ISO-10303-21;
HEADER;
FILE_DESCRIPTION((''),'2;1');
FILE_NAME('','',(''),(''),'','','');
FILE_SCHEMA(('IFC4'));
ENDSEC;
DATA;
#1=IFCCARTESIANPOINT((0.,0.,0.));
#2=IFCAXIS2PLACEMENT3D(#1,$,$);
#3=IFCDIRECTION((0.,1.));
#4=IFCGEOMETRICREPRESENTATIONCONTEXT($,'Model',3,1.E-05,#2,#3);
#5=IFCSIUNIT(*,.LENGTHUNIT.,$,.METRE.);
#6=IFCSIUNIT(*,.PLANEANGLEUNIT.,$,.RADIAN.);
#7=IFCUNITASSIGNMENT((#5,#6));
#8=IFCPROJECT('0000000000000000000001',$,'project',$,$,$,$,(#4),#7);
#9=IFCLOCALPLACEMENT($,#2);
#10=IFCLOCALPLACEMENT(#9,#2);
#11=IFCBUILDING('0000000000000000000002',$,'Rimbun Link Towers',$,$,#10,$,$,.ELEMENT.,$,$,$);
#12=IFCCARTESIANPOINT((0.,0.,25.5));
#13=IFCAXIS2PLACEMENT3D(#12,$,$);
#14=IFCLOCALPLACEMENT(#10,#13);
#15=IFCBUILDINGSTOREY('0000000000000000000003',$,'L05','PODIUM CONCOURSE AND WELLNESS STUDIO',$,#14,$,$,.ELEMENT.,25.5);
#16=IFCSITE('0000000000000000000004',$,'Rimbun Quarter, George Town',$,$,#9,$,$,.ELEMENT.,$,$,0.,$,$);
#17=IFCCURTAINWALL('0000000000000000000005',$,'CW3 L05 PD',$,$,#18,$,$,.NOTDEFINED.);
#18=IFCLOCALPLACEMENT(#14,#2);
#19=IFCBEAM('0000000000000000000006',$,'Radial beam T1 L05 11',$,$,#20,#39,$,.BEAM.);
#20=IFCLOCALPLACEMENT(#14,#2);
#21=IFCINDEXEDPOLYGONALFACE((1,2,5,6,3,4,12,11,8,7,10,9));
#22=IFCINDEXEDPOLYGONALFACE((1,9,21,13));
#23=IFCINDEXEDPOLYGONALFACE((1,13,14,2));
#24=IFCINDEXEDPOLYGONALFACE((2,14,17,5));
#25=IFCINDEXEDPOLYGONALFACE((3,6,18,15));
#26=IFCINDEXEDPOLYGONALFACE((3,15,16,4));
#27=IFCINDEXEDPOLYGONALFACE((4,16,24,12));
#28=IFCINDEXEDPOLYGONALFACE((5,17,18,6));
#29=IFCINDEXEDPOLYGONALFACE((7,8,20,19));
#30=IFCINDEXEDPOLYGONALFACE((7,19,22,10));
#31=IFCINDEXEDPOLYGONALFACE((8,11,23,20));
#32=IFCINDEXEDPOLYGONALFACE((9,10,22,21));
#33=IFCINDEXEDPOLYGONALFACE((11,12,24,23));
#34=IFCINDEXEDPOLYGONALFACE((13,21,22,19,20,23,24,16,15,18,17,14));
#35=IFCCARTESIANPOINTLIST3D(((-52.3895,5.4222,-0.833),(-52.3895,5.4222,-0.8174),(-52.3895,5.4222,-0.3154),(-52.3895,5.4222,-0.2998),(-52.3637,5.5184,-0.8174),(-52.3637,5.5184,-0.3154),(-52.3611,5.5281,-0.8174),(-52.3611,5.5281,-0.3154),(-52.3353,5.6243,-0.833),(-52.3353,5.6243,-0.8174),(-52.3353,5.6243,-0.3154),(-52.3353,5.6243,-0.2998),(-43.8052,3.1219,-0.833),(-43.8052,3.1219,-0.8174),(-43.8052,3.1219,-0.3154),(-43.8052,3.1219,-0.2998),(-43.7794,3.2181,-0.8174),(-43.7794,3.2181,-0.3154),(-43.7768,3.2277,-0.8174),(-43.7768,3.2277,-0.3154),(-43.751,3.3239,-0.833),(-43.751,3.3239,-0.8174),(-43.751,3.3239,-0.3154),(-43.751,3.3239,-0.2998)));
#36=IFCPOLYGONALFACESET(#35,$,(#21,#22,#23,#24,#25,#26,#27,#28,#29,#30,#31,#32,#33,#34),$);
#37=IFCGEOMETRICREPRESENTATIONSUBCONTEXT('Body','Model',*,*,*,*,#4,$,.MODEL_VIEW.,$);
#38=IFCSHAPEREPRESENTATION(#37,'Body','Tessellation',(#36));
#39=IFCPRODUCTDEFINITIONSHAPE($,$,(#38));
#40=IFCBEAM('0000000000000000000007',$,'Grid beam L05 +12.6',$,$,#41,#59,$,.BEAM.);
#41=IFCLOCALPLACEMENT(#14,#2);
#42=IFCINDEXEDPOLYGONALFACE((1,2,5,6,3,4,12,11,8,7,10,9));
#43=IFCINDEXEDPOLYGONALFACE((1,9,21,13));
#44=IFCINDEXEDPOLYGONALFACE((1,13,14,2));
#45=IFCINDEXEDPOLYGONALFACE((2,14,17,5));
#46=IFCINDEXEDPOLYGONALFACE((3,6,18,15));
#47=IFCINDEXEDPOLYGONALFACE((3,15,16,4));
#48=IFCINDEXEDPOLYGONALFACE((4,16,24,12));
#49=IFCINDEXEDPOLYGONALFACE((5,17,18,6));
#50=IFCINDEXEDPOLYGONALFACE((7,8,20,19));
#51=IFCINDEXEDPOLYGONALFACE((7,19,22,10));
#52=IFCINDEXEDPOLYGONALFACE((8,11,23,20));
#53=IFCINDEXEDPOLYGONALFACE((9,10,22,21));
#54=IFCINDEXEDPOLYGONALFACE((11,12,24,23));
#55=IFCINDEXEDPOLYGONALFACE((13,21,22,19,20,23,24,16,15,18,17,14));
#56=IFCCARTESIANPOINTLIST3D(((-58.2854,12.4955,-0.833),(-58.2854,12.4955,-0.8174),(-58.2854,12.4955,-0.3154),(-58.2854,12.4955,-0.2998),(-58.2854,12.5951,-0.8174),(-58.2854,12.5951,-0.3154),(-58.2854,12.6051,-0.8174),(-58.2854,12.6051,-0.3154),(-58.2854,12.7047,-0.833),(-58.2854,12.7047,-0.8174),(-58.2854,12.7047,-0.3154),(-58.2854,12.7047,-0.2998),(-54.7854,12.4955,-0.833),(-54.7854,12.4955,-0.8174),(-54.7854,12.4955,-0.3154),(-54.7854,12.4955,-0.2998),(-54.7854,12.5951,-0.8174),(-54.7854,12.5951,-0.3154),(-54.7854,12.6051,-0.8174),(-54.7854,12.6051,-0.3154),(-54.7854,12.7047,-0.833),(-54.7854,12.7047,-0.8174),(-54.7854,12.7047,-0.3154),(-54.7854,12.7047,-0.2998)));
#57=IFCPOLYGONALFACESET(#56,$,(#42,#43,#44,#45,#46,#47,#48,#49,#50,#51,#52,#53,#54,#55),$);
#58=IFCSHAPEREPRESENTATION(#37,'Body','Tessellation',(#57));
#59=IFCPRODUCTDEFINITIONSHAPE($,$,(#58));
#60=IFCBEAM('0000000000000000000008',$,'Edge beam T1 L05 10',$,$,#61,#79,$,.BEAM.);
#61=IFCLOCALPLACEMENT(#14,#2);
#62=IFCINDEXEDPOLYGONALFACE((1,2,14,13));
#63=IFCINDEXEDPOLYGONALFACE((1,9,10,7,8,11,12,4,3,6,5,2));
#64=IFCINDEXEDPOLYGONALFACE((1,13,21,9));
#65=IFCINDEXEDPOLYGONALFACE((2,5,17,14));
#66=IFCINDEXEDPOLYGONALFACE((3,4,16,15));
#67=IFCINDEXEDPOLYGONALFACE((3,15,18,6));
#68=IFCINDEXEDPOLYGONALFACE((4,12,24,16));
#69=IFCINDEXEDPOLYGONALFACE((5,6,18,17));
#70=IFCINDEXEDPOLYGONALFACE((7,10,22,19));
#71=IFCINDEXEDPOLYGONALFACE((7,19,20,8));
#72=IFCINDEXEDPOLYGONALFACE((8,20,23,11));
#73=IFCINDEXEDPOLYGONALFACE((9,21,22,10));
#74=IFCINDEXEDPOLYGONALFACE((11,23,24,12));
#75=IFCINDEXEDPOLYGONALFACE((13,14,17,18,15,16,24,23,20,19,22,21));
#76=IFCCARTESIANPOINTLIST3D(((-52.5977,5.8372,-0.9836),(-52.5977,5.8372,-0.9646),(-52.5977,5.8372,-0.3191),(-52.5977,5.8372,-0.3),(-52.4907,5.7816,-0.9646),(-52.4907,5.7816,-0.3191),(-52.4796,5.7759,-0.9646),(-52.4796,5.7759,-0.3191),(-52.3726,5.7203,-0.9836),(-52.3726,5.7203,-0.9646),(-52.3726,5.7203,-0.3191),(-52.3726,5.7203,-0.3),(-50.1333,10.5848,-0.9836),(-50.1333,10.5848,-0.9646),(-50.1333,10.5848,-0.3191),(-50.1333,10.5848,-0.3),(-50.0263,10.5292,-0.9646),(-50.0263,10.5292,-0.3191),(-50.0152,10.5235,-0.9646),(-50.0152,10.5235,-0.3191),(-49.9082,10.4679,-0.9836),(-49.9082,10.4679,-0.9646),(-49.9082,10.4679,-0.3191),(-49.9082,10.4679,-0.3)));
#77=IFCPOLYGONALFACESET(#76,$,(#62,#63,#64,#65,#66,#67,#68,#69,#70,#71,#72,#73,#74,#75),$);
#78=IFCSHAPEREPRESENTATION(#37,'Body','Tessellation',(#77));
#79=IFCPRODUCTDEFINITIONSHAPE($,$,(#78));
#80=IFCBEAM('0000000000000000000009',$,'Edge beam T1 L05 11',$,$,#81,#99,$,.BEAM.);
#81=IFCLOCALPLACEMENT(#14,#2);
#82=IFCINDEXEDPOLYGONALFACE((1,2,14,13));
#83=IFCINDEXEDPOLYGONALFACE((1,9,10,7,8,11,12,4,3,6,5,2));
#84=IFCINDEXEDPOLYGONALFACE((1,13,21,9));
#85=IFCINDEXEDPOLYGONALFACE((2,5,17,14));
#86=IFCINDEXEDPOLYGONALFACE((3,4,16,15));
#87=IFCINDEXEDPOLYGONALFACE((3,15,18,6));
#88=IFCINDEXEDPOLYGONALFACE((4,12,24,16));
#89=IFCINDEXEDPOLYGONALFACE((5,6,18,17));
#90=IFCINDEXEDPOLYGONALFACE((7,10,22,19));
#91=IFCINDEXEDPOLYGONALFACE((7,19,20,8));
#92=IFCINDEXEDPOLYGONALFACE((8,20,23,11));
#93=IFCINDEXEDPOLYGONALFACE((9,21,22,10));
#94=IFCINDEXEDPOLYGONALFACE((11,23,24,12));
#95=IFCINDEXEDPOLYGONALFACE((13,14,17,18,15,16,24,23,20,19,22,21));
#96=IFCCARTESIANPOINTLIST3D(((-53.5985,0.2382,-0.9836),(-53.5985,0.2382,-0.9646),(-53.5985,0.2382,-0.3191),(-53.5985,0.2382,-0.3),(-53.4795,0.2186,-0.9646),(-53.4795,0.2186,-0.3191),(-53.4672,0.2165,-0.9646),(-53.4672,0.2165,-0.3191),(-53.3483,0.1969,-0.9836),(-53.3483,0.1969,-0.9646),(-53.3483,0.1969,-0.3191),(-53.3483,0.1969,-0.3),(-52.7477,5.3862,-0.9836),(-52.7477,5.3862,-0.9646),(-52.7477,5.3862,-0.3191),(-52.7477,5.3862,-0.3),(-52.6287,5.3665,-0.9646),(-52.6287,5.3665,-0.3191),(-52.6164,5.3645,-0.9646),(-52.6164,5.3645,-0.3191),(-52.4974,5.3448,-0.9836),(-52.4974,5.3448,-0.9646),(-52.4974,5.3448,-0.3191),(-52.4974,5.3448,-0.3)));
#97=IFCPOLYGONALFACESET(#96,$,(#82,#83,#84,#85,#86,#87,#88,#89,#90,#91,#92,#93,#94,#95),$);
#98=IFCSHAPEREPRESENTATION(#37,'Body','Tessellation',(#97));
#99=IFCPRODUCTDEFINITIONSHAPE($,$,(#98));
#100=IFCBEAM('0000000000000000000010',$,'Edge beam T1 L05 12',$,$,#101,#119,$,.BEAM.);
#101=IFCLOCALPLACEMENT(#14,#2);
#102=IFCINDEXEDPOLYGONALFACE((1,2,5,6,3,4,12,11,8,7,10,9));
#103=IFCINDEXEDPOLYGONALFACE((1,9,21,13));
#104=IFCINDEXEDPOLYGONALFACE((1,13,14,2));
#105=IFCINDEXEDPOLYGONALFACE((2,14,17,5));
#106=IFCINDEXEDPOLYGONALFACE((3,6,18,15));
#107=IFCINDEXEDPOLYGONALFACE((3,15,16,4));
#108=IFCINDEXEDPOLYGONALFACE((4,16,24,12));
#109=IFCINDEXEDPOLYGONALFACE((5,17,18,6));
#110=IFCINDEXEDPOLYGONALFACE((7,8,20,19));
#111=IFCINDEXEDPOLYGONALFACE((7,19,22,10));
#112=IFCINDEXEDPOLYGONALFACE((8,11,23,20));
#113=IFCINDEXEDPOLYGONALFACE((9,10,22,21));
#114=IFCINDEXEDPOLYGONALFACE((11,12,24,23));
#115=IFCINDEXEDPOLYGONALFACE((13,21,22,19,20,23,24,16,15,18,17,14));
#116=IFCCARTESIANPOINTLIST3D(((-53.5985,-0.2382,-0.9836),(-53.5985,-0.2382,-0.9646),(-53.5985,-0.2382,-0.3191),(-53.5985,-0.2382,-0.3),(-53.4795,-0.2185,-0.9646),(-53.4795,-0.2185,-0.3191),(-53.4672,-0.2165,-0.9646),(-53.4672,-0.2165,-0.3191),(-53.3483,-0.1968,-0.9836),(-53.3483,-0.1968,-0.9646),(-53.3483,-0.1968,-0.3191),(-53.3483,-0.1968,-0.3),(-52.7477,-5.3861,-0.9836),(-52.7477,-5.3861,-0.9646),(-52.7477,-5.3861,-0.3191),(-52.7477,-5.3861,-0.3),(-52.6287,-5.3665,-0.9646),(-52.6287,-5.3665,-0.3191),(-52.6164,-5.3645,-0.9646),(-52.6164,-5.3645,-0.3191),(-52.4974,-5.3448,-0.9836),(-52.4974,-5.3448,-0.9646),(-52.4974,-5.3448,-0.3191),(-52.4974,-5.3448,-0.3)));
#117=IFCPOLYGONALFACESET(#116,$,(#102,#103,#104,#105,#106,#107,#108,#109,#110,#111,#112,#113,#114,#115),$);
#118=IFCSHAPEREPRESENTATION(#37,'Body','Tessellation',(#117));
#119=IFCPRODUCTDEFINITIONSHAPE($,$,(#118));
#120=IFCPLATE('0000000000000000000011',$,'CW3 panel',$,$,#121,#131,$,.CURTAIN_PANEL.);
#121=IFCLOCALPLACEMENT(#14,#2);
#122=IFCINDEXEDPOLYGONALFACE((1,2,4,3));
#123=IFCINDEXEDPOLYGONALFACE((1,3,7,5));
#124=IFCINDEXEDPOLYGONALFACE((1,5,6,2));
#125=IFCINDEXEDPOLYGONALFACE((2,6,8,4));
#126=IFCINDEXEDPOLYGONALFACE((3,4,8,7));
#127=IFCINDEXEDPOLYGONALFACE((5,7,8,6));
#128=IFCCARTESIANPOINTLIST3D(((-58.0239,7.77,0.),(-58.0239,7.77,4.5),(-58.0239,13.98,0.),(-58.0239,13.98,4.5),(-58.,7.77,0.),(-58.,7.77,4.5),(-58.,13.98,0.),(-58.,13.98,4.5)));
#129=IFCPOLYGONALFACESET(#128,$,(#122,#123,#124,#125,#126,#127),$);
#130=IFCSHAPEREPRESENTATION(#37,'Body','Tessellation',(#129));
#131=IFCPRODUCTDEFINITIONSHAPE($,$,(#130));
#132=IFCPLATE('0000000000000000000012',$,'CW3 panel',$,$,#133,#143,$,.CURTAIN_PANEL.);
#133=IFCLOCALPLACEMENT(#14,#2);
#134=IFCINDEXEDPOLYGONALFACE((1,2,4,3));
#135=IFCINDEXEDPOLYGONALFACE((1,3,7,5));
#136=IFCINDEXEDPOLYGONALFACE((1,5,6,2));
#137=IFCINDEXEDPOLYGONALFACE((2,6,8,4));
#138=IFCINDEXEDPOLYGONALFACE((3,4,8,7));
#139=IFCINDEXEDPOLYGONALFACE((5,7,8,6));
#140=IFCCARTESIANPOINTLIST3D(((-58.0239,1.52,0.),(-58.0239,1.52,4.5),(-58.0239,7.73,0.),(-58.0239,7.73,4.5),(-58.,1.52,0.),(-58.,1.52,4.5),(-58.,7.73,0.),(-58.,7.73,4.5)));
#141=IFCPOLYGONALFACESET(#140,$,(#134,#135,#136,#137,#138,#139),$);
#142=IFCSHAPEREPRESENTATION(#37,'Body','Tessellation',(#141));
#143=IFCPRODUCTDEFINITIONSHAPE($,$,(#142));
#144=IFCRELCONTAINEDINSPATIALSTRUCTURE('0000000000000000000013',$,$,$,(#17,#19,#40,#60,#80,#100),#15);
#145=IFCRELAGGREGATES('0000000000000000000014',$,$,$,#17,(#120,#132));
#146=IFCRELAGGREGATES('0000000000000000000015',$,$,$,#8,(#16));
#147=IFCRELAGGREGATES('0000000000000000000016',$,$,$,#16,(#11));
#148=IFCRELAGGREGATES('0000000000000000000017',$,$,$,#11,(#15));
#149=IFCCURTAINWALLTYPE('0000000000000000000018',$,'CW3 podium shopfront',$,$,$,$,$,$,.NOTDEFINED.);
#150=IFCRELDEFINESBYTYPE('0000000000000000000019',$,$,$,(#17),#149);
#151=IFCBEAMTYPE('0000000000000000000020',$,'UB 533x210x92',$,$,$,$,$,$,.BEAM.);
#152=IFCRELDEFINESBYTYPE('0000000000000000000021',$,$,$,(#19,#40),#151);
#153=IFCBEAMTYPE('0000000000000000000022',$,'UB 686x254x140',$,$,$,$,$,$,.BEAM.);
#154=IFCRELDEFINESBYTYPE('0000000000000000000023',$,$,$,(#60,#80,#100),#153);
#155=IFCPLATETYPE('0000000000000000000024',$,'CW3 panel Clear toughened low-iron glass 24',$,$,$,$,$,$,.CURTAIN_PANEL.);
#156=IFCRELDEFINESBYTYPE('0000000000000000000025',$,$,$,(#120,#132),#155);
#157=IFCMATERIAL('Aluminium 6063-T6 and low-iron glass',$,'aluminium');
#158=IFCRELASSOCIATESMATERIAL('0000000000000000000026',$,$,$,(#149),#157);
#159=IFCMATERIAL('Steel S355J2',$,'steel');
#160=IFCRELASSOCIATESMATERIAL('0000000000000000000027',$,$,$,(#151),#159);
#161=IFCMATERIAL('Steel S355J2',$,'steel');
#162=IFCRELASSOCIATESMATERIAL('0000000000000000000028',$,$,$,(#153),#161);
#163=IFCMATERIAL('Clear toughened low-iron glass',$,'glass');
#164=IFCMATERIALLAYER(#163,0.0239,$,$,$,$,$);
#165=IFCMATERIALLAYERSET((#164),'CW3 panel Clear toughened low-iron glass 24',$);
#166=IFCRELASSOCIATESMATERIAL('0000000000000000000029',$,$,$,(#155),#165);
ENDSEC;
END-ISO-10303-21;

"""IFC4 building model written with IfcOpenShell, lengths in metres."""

from ifc_helpers import new_model, si_unit, direction, frame, origin, origin_2d, place, context, subcontext, project, spatial, rectangle, i_section, extrude, material, layer, layer_set, material_profile, profile_set, type_object, element, aggregate, save


model = new_model("IFC4")

# Units and contexts
model_context = context("Model", 3, precision=1e-05, world=origin(), true_north=direction((0.0, 1.0)))
body_context = subcontext(model_context, "Body", "Model", "MODEL_VIEW")
ifc_project = project(units=[si_unit("LENGTHUNIT", "METRE"), si_unit("PLANEANGLEUNIT", "RADIAN")], contexts=[model_context])

# Site, building, storey
site_placement = place(None, origin())
site = spatial("IfcSite", under=ifc_project, at=site_placement, Name="Rimbun Quarter, George Town", CompositionType="ELEMENT", RefElevation=0.0)
building_placement = place(site_placement, origin())
building = spatial("IfcBuilding", under=site, at=building_placement, Name="Rimbun Link Towers", CompositionType="ELEMENT")
storey_placement = place(building_placement, frame((0.0, 0.0, 25.5)))
storey = spatial("IfcBuildingStorey", under=building, at=storey_placement, Name="L05", Description="PODIUM CONCOURSE AND WELLNESS STUDIO", CompositionType="ELEMENT", Elevation=25.5)

# Curtain wall
ifc_material_1 = material(Name="Aluminium 6063-T6 and low-iron glass", Category="aluminium")
curtain_wall_type = type_object("IfcCurtainWallType", Name="CW3 podium shopfront", PredefinedType="NOTDEFINED", material=ifc_material_1)
curtain_wall_placement = place(storey_placement, origin())
curtain_wall = element("IfcCurtainWall", 1, at=curtain_wall_placement, inside=storey, type_object=curtain_wall_type, Name="CW3 L05 PD", PredefinedType="NOTDEFINED")

# Beams
ifc_material_2 = material(Name="Steel S355J2", Category="steel")
ifc_material_profile_1 = material_profile(ifc_material_2, i_section(OverallWidth=0.2092, OverallDepth=0.5332, WebThickness=0.01, FlangeThickness=0.0156, at=origin_2d()), Name="UB 533x210x92")
ifc_profile_set_1 = profile_set([ifc_material_profile_1], Name="Steel S355J2")
beam_type_1 = type_object("IfcBeamType", Name="UB 533x210x92", PredefinedType="BEAM", material=ifc_profile_set_1)
beam_1_placement = place(storey_placement, frame((-43.7781, 3.2229, -0.5664), z_axis=(-0.965921, 0.258835, 0.0), x_axis=(-0.258835, -0.965921, 0.0)))
element("IfcBeam", 2, at=beam_1_placement, inside=storey, type_object=beam_type_1, Name="Radial beam T1 L05 11", PredefinedType="BEAM", context=body_context, shape_type="SweptSolid", body=[
    extrude(i_section(OverallWidth=0.2092, OverallDepth=0.5332, WebThickness=0.01, FlangeThickness=0.0156, at=origin_2d()), origin(), (0.0, 0.0, 1.0), 8.8872),
])
beam_2_placement = place(storey_placement, frame((-58.2854, 12.6001, -0.5664), z_axis=(1.0, 0.0, 0.0), x_axis=(0.0, 1.0, 0.0)))
element("IfcBeam", 3, at=beam_2_placement, inside=storey, type_object=beam_type_1, Name="Grid beam L05 +12.6", PredefinedType="BEAM", context=body_context, shape_type="SweptSolid", body=[
    extrude(i_section(OverallWidth=0.2092, OverallDepth=0.5332, WebThickness=0.01, FlangeThickness=0.0156, at=origin_2d()), origin(), (0.0, 0.0, 1.0), 3.5),
])
ifc_material_3 = material(Name="Steel S355J2", Category="steel")
ifc_material_profile_2 = material_profile(ifc_material_3, i_section(OverallWidth=0.2537, OverallDepth=0.6836, WebThickness=0.0125, FlangeThickness=0.019, at=origin_2d()), Name="UB 686x254x140")
ifc_profile_set_2 = profile_set([ifc_material_profile_2], Name="Steel S355J2")
beam_type_2 = type_object("IfcBeamType", Name="UB 686x254x140", PredefinedType="BEAM", material=ifc_profile_set_2)
beam_3_placement = place(storey_placement, frame((-50.0208, 10.5264, -0.6418), z_axis=(-0.460709, -0.887551, 0.0), x_axis=(0.887551, -0.460709, 0.0)))
element("IfcBeam", 4, at=beam_3_placement, inside=storey, type_object=beam_type_2, Name="Edge beam T1 L05 10", PredefinedType="BEAM", context=body_context, shape_type="SweptSolid", body=[
    extrude(i_section(OverallWidth=0.2537, OverallDepth=0.6836, WebThickness=0.0125, FlangeThickness=0.019, at=origin_2d()), origin(), (0.0, 0.0, 1.0), 5.3491),
])
for number, where, z_axis, x_axis, name in (
    (5, (-52.6226, 5.3655, -0.6418), (-0.163063, -0.986616, 0.0), (0.986616, -0.163063, 0.0), "Edge beam T1 L05 11"),
    (6, (-53.4734, -0.2175, -0.6418), (0.163063, -0.986616, 0.0), (0.986616, 0.163063, 0.0), "Edge beam T1 L05 12"),
):
    element("IfcBeam", number, at=place(storey_placement, frame(where, z_axis=z_axis, x_axis=x_axis)), inside=storey, type_object=beam_type_2, Name=name, PredefinedType="BEAM", context=body_context, shape_type="SweptSolid", body=[
        extrude(i_section(OverallWidth=0.2537, OverallDepth=0.6836, WebThickness=0.0125, FlangeThickness=0.019, at=origin_2d()), origin(), (0.0, 0.0, 1.0), 5.2178),
    ])

# Plates
ifc_material_4 = material(Name="Clear toughened low-iron glass", Category="glass")
ifc_layer_1 = layer(ifc_material_4, 0.0239)
ifc_layer_set_1 = layer_set([ifc_layer_1], Name="CW3 panel Clear toughened low-iron glass 24")
plate_type = type_object("IfcPlateType", Name="CW3 panel Clear toughened low-iron glass 24", PredefinedType="CURTAIN_PANEL", material=ifc_layer_set_1)
plate_1_placement = place(storey_placement, frame((-58.012, 10.875, 0.0), z_axis=(0.0, 0.0, 1.0), x_axis=(0.0, 1.0, 0.0)))
plate_1 = element("IfcPlate", 7, at=plate_1_placement, type_object=plate_type, Name="CW3 panel", PredefinedType="CURTAIN_PANEL", context=body_context, shape_type="SweptSolid", body=[
    extrude(rectangle(XDim=6.21, YDim=0.0239, at=origin_2d()), origin(), (0.0, 0.0, 1.0), 4.5),
])
plate_2_placement = place(storey_placement, frame((-58.012, 4.625, 0.0), z_axis=(0.0, 0.0, 1.0), x_axis=(0.0, 1.0, 0.0)))
plate_2 = element("IfcPlate", 8, at=plate_2_placement, type_object=plate_type, Name="CW3 panel", PredefinedType="CURTAIN_PANEL", context=body_context, shape_type="SweptSolid", body=[
    extrude(rectangle(XDim=6.21, YDim=0.0239, at=origin_2d()), origin(), (0.0, 0.0, 1.0), 4.5),
])
aggregate(curtain_wall, [plate_1, plate_2])

save(model, "model.ifc")
